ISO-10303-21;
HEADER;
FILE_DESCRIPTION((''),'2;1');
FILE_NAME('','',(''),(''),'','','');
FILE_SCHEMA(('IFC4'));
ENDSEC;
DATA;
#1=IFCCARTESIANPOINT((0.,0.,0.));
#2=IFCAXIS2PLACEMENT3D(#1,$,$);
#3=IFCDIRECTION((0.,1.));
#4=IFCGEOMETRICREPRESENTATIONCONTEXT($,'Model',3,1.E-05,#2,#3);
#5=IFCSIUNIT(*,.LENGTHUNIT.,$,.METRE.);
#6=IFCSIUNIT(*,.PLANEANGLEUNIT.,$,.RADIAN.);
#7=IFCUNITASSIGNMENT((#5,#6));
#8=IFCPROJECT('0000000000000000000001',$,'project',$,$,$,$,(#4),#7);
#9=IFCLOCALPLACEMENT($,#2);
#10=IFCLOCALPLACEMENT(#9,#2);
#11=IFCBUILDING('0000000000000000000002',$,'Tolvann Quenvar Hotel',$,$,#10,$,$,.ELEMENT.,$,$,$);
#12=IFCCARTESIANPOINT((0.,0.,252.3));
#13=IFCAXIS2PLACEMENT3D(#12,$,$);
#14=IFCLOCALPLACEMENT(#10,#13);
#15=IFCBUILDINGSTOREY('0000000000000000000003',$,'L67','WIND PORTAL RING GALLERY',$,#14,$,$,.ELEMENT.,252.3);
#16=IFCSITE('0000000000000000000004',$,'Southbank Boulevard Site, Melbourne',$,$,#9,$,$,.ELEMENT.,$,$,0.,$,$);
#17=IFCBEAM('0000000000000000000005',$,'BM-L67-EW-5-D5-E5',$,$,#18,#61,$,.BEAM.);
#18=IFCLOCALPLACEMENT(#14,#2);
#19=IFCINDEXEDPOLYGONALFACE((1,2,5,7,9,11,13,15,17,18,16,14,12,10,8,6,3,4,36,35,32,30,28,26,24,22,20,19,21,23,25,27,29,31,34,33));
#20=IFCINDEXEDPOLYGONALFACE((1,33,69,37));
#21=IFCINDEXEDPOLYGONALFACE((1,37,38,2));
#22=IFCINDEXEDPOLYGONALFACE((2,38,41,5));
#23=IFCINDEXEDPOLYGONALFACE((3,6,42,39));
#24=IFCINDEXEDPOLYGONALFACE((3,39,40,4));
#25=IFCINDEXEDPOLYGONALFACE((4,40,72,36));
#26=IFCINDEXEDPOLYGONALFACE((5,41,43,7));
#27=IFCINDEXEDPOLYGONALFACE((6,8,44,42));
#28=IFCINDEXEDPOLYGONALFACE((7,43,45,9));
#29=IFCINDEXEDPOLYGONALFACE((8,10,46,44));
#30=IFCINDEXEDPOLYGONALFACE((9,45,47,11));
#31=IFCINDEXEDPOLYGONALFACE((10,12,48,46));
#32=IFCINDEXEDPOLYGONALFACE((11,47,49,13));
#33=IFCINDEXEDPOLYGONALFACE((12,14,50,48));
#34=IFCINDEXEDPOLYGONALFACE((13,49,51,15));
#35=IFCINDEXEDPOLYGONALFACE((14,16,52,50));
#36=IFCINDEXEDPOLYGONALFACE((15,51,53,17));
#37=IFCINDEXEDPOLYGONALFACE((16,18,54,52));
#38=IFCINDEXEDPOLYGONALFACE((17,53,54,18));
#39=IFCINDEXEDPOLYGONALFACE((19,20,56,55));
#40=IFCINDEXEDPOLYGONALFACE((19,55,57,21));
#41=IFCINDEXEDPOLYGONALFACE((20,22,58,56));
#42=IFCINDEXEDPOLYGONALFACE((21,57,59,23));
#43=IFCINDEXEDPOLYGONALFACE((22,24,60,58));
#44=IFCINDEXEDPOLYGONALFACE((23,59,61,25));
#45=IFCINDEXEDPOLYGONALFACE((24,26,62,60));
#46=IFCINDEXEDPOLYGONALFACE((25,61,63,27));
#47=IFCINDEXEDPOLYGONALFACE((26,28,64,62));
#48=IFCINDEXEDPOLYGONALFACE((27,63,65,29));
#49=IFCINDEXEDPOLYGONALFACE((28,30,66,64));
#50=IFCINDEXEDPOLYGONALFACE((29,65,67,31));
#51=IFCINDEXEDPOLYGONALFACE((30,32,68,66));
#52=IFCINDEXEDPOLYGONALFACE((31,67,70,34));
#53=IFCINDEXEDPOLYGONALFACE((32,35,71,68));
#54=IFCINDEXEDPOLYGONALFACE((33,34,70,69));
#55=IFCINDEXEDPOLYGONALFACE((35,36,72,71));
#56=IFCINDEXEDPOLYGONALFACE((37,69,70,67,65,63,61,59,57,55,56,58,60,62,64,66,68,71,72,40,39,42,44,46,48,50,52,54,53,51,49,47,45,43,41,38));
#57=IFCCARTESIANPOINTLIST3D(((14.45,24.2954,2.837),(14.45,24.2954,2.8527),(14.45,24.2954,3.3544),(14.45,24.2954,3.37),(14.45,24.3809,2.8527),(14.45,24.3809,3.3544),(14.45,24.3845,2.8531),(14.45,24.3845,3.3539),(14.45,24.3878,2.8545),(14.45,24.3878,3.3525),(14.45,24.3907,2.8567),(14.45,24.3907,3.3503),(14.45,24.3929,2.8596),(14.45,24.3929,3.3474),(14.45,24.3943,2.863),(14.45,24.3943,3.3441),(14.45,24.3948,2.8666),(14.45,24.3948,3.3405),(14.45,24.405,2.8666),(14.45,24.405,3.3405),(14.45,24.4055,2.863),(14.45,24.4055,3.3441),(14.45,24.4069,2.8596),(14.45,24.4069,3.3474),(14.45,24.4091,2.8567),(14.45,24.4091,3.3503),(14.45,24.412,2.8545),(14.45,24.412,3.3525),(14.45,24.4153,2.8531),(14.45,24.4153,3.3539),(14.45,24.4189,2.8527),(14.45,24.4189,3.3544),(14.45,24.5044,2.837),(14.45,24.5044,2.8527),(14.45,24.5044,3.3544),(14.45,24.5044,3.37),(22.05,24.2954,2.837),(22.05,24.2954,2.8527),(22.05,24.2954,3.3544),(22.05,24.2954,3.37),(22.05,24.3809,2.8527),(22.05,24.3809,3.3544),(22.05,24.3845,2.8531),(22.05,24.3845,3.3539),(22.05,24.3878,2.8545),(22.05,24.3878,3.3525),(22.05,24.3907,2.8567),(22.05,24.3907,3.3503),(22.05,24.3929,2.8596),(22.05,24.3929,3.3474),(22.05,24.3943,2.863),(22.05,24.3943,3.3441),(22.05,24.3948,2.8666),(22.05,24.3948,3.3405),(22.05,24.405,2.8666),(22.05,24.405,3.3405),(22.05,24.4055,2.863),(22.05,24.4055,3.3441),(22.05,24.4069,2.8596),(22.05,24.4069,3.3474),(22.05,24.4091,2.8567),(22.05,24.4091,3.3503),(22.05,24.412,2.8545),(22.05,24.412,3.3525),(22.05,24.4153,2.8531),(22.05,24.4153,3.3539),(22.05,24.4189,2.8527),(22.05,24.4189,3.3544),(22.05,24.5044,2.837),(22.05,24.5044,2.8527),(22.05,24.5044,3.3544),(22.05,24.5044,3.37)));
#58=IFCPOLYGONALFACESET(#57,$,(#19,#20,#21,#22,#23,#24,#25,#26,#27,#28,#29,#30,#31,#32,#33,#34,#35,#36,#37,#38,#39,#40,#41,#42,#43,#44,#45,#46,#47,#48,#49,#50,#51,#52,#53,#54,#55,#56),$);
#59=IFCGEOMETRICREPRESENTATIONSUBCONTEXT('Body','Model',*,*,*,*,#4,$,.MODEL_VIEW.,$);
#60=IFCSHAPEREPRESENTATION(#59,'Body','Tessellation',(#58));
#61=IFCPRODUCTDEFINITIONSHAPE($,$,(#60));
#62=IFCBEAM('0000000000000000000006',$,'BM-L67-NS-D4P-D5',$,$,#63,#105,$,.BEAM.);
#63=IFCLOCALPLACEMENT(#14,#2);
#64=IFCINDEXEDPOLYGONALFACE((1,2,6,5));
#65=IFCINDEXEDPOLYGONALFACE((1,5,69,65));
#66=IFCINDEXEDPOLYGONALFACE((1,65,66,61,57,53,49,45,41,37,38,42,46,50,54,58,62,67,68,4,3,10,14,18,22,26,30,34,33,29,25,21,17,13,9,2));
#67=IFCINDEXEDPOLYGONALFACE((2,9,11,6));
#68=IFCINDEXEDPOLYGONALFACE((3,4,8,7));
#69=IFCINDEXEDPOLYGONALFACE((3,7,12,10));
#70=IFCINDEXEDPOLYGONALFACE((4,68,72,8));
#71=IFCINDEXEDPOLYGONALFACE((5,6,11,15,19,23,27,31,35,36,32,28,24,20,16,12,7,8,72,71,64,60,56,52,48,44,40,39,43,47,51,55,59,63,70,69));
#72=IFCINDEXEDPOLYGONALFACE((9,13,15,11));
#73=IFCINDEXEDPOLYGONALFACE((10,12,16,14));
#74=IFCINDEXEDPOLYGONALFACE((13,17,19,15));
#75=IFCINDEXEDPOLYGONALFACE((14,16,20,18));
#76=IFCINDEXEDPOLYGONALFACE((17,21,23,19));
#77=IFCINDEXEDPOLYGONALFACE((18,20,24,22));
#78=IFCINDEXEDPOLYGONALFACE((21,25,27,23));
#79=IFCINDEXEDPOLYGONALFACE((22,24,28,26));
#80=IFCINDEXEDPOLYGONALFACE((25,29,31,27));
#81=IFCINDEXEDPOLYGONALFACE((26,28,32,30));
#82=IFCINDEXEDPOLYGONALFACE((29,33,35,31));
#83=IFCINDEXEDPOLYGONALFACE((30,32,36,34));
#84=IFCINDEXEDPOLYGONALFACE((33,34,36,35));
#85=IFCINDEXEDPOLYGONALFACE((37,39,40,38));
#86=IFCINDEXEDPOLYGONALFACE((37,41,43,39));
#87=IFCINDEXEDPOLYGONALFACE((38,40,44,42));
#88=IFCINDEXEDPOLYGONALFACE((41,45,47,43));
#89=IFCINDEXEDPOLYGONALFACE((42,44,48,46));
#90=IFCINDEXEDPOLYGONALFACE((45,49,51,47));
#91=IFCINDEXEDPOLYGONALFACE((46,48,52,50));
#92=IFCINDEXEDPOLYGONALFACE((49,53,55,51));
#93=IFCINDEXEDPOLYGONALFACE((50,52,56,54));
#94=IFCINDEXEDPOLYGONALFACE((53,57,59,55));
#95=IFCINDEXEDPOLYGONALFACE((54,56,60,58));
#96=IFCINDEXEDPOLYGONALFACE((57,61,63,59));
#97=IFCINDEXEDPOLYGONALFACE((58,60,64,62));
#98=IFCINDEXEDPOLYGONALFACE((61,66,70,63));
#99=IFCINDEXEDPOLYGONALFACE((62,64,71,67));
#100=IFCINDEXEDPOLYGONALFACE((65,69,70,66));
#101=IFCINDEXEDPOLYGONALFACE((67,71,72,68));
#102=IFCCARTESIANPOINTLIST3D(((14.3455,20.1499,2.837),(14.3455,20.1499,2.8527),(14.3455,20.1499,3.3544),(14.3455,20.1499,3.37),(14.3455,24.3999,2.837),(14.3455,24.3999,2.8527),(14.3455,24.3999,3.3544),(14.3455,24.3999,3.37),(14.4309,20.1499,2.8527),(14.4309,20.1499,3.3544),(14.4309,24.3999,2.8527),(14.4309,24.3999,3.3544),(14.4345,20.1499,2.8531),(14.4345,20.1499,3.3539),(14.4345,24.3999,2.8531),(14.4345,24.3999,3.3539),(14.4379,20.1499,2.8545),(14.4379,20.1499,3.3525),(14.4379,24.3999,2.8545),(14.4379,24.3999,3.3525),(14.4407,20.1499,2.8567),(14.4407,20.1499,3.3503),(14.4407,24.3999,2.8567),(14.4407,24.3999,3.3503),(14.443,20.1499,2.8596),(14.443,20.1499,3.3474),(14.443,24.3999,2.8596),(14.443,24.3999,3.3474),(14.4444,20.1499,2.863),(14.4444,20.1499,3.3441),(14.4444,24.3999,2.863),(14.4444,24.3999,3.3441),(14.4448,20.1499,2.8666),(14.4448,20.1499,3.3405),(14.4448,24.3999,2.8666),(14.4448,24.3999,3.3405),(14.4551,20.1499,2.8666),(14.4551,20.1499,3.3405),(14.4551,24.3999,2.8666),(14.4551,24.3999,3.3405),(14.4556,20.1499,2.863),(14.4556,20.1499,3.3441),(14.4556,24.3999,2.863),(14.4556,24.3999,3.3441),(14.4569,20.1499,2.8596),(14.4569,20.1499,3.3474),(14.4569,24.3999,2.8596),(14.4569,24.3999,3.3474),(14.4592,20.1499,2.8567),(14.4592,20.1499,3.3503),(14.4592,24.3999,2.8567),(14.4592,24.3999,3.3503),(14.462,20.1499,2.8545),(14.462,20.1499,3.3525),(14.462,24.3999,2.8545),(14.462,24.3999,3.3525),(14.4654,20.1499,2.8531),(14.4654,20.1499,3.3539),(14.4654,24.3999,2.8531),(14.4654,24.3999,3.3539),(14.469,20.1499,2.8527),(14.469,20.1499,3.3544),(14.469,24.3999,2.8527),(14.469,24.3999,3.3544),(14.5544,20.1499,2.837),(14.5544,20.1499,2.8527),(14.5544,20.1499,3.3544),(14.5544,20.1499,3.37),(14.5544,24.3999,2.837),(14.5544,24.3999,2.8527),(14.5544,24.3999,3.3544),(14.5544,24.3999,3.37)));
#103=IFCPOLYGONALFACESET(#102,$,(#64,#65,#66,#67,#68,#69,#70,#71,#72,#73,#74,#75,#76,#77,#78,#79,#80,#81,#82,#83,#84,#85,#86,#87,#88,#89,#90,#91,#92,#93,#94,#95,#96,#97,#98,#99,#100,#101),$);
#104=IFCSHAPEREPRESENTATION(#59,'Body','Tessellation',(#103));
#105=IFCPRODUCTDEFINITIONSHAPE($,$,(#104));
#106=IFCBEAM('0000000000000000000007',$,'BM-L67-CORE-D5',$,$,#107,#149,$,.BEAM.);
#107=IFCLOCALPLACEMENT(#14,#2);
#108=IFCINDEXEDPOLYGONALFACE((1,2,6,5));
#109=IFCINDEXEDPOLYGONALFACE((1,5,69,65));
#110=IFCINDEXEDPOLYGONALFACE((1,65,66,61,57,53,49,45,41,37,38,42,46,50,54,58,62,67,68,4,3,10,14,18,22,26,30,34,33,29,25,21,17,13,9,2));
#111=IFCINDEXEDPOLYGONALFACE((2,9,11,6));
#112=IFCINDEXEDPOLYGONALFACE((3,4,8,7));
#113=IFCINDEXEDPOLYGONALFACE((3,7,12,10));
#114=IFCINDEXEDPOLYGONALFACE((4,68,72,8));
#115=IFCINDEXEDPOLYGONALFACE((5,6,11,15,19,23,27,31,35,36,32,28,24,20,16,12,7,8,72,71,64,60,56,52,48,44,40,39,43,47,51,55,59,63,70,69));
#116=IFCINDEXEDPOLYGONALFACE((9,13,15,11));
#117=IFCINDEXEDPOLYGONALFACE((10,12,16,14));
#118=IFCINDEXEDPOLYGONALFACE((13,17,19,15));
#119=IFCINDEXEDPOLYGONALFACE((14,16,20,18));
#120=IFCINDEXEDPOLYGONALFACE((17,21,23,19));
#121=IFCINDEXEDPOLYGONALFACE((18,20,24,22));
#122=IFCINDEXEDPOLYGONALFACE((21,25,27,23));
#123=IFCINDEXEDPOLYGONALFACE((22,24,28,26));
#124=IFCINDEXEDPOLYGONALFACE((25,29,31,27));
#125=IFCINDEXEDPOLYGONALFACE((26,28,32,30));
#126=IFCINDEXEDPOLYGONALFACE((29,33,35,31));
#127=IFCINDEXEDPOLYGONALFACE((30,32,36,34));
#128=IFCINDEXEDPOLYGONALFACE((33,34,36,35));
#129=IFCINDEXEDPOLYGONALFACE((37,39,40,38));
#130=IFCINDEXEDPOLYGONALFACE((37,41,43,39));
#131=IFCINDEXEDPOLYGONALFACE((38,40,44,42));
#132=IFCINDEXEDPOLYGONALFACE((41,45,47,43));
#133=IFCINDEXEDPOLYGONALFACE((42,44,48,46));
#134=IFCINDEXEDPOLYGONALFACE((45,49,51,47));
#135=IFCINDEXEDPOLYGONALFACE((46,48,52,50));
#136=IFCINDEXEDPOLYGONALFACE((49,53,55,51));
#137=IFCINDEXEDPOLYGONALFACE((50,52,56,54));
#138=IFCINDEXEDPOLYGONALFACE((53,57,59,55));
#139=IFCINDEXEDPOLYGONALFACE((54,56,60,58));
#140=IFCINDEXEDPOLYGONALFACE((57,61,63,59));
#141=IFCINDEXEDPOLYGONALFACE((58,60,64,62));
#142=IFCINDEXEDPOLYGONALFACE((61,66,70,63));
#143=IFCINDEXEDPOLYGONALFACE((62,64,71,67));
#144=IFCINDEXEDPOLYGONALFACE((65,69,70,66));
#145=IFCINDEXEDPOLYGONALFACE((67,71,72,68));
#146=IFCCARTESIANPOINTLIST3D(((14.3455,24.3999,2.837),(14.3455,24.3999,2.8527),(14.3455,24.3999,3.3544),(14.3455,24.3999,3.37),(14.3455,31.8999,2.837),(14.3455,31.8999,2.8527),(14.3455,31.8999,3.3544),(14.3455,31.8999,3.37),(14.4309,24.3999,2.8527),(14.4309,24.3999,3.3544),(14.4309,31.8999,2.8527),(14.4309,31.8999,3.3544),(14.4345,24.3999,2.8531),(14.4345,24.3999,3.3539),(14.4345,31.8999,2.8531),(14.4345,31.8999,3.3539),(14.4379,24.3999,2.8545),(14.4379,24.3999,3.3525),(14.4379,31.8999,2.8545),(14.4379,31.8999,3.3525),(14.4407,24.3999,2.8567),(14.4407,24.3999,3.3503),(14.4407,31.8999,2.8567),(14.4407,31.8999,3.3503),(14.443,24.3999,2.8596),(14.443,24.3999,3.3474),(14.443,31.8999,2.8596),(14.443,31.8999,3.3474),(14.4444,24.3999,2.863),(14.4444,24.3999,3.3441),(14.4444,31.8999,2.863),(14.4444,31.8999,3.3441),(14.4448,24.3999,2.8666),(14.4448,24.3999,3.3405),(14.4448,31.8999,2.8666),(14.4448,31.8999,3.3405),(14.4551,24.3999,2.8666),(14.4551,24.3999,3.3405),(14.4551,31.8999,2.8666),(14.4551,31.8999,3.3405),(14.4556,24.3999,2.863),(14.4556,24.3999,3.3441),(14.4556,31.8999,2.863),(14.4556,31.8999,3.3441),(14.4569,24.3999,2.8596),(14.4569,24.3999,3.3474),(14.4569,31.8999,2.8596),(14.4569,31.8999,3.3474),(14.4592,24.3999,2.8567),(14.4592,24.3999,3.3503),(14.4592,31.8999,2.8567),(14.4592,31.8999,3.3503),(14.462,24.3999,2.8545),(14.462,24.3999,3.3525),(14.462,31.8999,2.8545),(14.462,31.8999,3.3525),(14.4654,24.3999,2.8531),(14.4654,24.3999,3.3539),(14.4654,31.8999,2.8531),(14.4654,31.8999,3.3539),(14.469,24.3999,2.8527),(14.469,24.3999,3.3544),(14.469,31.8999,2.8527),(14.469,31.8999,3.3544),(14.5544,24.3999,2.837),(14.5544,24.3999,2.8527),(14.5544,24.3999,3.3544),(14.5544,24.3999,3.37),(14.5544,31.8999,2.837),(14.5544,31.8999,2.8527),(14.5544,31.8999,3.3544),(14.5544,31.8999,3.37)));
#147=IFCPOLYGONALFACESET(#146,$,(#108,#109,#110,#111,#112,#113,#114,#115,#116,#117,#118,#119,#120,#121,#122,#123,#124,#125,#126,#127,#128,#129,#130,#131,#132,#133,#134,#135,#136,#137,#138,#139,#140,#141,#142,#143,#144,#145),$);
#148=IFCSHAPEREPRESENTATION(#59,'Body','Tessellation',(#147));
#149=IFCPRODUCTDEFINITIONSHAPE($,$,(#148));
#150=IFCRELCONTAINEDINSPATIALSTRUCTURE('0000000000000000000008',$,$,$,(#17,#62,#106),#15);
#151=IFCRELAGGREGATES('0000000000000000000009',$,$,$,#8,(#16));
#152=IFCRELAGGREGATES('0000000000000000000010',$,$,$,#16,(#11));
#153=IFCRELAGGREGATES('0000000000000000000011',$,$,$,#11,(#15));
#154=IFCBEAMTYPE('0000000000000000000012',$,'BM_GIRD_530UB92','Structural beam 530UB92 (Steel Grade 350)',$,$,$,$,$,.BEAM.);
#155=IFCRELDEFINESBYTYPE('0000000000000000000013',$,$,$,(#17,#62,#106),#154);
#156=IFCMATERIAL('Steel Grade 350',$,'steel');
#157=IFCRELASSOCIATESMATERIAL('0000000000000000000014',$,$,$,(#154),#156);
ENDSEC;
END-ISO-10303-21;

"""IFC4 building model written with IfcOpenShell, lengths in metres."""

from ifc_helpers import new_model, si_unit, direction, frame, origin, origin_2d, place, context, subcontext, project, spatial, i_section, extrude, source, transform, mapped, material, material_profile, profile_set, type_object, type_shapes, element, save


model = new_model("IFC4")

# Units and contexts
model_context = context("Model", 3, precision=1e-05, world=origin(), true_north=direction((0.0, 1.0)))
body_context = subcontext(model_context, "Body", "Model", "MODEL_VIEW")
ifc_project = project(units=[si_unit("LENGTHUNIT", "METRE"), si_unit("PLANEANGLEUNIT", "RADIAN")], contexts=[model_context])

# Site, building, storey
site_placement = place(None, origin())
site = spatial("IfcSite", under=ifc_project, at=site_placement, Name="Southbank Boulevard Site, Melbourne", CompositionType="ELEMENT", RefElevation=0.0)
building_placement = place(site_placement, origin())
building = spatial("IfcBuilding", under=site, at=building_placement, Name="Tolvann Quenvar Hotel", CompositionType="ELEMENT")
storey_placement = place(building_placement, frame((0.0, 0.0, 252.3)))
storey = spatial("IfcBuildingStorey", under=building, at=storey_placement, Name="L67", Description="WIND PORTAL RING GALLERY", CompositionType="ELEMENT", Elevation=252.3)

# Shared definitions
ifc_material_1 = material(Name="Steel Grade 350", Category="steel")

# Beams
ifc_material_profile_1 = material_profile(ifc_material_1, i_section(OverallWidth=0.209, OverallDepth=0.533, WebThickness=0.0103, FlangeThickness=0.0156, FilletRadius=0.0139, at=origin_2d()), Name="530UB92")
ifc_profile_set_1 = profile_set([ifc_material_profile_1], Name="Steel Grade 350")
beam_type_1 = type_object("IfcBeamType", Name="BM_GIRD_530UB92", Description="Structural beam 530UB92 (Steel Grade 350)", PredefinedType="BEAM", material=ifc_profile_set_1)
shared_shape_1 = source(origin(), body_context, "Body", "SweptSolid", [
    extrude(i_section(OverallWidth=0.209, OverallDepth=0.533, WebThickness=0.0103, FlangeThickness=0.0156, FilletRadius=0.0139, at=origin_2d()), origin(), (0.0, 0.0, 1.0), 7.6001),
])
for number, where, z_axis, x_axis, name in (
    (1, (14.45, 24.3999, 3.1035), (1.0, 0.0, 0.0), (0.0, 1.0, 0.0), "BM-L67-EW-5-D5-E5"),
):
    element("IfcBeam", number, at=place(storey_placement, frame(where, z_axis=z_axis, x_axis=x_axis)), inside=storey, type_object=beam_type_1, Name=name, PredefinedType="BEAM", context=body_context, shape_type="MappedRepresentation", body=[
        mapped(shared_shape_1, transform((0.0, 0.0, 0.0), x_axis=(1.0, 0.0, 0.0), y_axis=(0.0, 1.0, 0.0), z_axis=(0.0, 0.0, 1.0), scale=1.0)),
    ])
shared_shape_2 = source(origin(), body_context, "Body", "SweptSolid", [
    extrude(i_section(OverallWidth=0.209, OverallDepth=0.533, WebThickness=0.0103, FlangeThickness=0.0156, FilletRadius=0.0139, at=origin_2d()), origin(), (0.0, 0.0, 1.0), 4.25),
])
beam_1_placement = place(storey_placement, frame((14.45, 20.1499, 3.1035), z_axis=(0.0, 1.0, 0.0), x_axis=(-1.0, 0.0, 0.0)))
element("IfcBeam", 2, at=beam_1_placement, inside=storey, type_object=beam_type_1, Name="BM-L67-NS-D4P-D5", PredefinedType="BEAM", context=body_context, shape_type="MappedRepresentation", body=[
    mapped(shared_shape_2, transform((0.0, 0.0, 0.0), x_axis=(1.0, 0.0, 0.0), y_axis=(0.0, 1.0, 0.0), z_axis=(0.0, 0.0, 1.0), scale=1.0)),
])
shared_shape_3 = source(origin(), body_context, "Body", "SweptSolid", [
    extrude(i_section(OverallWidth=0.209, OverallDepth=0.533, WebThickness=0.0103, FlangeThickness=0.0156, FilletRadius=0.0139, at=origin_2d()), origin(), (0.0, 0.0, 1.0), 7.5),
])
type_shapes(beam_type_1, [shared_shape_1, shared_shape_2, shared_shape_3])
beam_2_placement = place(storey_placement, frame((14.45, 24.3999, 3.1035), z_axis=(0.0, 1.0, 0.0), x_axis=(-1.0, 0.0, 0.0)))
element("IfcBeam", 3, at=beam_2_placement, inside=storey, type_object=beam_type_1, Name="BM-L67-CORE-D5", PredefinedType="BEAM", context=body_context, shape_type="MappedRepresentation", body=[
    mapped(shared_shape_3, transform((0.0, 0.0, 0.0), x_axis=(1.0, 0.0, 0.0), y_axis=(0.0, 1.0, 0.0), z_axis=(0.0, 0.0, 1.0), scale=1.0)),
])

save(model, "model.ifc")
